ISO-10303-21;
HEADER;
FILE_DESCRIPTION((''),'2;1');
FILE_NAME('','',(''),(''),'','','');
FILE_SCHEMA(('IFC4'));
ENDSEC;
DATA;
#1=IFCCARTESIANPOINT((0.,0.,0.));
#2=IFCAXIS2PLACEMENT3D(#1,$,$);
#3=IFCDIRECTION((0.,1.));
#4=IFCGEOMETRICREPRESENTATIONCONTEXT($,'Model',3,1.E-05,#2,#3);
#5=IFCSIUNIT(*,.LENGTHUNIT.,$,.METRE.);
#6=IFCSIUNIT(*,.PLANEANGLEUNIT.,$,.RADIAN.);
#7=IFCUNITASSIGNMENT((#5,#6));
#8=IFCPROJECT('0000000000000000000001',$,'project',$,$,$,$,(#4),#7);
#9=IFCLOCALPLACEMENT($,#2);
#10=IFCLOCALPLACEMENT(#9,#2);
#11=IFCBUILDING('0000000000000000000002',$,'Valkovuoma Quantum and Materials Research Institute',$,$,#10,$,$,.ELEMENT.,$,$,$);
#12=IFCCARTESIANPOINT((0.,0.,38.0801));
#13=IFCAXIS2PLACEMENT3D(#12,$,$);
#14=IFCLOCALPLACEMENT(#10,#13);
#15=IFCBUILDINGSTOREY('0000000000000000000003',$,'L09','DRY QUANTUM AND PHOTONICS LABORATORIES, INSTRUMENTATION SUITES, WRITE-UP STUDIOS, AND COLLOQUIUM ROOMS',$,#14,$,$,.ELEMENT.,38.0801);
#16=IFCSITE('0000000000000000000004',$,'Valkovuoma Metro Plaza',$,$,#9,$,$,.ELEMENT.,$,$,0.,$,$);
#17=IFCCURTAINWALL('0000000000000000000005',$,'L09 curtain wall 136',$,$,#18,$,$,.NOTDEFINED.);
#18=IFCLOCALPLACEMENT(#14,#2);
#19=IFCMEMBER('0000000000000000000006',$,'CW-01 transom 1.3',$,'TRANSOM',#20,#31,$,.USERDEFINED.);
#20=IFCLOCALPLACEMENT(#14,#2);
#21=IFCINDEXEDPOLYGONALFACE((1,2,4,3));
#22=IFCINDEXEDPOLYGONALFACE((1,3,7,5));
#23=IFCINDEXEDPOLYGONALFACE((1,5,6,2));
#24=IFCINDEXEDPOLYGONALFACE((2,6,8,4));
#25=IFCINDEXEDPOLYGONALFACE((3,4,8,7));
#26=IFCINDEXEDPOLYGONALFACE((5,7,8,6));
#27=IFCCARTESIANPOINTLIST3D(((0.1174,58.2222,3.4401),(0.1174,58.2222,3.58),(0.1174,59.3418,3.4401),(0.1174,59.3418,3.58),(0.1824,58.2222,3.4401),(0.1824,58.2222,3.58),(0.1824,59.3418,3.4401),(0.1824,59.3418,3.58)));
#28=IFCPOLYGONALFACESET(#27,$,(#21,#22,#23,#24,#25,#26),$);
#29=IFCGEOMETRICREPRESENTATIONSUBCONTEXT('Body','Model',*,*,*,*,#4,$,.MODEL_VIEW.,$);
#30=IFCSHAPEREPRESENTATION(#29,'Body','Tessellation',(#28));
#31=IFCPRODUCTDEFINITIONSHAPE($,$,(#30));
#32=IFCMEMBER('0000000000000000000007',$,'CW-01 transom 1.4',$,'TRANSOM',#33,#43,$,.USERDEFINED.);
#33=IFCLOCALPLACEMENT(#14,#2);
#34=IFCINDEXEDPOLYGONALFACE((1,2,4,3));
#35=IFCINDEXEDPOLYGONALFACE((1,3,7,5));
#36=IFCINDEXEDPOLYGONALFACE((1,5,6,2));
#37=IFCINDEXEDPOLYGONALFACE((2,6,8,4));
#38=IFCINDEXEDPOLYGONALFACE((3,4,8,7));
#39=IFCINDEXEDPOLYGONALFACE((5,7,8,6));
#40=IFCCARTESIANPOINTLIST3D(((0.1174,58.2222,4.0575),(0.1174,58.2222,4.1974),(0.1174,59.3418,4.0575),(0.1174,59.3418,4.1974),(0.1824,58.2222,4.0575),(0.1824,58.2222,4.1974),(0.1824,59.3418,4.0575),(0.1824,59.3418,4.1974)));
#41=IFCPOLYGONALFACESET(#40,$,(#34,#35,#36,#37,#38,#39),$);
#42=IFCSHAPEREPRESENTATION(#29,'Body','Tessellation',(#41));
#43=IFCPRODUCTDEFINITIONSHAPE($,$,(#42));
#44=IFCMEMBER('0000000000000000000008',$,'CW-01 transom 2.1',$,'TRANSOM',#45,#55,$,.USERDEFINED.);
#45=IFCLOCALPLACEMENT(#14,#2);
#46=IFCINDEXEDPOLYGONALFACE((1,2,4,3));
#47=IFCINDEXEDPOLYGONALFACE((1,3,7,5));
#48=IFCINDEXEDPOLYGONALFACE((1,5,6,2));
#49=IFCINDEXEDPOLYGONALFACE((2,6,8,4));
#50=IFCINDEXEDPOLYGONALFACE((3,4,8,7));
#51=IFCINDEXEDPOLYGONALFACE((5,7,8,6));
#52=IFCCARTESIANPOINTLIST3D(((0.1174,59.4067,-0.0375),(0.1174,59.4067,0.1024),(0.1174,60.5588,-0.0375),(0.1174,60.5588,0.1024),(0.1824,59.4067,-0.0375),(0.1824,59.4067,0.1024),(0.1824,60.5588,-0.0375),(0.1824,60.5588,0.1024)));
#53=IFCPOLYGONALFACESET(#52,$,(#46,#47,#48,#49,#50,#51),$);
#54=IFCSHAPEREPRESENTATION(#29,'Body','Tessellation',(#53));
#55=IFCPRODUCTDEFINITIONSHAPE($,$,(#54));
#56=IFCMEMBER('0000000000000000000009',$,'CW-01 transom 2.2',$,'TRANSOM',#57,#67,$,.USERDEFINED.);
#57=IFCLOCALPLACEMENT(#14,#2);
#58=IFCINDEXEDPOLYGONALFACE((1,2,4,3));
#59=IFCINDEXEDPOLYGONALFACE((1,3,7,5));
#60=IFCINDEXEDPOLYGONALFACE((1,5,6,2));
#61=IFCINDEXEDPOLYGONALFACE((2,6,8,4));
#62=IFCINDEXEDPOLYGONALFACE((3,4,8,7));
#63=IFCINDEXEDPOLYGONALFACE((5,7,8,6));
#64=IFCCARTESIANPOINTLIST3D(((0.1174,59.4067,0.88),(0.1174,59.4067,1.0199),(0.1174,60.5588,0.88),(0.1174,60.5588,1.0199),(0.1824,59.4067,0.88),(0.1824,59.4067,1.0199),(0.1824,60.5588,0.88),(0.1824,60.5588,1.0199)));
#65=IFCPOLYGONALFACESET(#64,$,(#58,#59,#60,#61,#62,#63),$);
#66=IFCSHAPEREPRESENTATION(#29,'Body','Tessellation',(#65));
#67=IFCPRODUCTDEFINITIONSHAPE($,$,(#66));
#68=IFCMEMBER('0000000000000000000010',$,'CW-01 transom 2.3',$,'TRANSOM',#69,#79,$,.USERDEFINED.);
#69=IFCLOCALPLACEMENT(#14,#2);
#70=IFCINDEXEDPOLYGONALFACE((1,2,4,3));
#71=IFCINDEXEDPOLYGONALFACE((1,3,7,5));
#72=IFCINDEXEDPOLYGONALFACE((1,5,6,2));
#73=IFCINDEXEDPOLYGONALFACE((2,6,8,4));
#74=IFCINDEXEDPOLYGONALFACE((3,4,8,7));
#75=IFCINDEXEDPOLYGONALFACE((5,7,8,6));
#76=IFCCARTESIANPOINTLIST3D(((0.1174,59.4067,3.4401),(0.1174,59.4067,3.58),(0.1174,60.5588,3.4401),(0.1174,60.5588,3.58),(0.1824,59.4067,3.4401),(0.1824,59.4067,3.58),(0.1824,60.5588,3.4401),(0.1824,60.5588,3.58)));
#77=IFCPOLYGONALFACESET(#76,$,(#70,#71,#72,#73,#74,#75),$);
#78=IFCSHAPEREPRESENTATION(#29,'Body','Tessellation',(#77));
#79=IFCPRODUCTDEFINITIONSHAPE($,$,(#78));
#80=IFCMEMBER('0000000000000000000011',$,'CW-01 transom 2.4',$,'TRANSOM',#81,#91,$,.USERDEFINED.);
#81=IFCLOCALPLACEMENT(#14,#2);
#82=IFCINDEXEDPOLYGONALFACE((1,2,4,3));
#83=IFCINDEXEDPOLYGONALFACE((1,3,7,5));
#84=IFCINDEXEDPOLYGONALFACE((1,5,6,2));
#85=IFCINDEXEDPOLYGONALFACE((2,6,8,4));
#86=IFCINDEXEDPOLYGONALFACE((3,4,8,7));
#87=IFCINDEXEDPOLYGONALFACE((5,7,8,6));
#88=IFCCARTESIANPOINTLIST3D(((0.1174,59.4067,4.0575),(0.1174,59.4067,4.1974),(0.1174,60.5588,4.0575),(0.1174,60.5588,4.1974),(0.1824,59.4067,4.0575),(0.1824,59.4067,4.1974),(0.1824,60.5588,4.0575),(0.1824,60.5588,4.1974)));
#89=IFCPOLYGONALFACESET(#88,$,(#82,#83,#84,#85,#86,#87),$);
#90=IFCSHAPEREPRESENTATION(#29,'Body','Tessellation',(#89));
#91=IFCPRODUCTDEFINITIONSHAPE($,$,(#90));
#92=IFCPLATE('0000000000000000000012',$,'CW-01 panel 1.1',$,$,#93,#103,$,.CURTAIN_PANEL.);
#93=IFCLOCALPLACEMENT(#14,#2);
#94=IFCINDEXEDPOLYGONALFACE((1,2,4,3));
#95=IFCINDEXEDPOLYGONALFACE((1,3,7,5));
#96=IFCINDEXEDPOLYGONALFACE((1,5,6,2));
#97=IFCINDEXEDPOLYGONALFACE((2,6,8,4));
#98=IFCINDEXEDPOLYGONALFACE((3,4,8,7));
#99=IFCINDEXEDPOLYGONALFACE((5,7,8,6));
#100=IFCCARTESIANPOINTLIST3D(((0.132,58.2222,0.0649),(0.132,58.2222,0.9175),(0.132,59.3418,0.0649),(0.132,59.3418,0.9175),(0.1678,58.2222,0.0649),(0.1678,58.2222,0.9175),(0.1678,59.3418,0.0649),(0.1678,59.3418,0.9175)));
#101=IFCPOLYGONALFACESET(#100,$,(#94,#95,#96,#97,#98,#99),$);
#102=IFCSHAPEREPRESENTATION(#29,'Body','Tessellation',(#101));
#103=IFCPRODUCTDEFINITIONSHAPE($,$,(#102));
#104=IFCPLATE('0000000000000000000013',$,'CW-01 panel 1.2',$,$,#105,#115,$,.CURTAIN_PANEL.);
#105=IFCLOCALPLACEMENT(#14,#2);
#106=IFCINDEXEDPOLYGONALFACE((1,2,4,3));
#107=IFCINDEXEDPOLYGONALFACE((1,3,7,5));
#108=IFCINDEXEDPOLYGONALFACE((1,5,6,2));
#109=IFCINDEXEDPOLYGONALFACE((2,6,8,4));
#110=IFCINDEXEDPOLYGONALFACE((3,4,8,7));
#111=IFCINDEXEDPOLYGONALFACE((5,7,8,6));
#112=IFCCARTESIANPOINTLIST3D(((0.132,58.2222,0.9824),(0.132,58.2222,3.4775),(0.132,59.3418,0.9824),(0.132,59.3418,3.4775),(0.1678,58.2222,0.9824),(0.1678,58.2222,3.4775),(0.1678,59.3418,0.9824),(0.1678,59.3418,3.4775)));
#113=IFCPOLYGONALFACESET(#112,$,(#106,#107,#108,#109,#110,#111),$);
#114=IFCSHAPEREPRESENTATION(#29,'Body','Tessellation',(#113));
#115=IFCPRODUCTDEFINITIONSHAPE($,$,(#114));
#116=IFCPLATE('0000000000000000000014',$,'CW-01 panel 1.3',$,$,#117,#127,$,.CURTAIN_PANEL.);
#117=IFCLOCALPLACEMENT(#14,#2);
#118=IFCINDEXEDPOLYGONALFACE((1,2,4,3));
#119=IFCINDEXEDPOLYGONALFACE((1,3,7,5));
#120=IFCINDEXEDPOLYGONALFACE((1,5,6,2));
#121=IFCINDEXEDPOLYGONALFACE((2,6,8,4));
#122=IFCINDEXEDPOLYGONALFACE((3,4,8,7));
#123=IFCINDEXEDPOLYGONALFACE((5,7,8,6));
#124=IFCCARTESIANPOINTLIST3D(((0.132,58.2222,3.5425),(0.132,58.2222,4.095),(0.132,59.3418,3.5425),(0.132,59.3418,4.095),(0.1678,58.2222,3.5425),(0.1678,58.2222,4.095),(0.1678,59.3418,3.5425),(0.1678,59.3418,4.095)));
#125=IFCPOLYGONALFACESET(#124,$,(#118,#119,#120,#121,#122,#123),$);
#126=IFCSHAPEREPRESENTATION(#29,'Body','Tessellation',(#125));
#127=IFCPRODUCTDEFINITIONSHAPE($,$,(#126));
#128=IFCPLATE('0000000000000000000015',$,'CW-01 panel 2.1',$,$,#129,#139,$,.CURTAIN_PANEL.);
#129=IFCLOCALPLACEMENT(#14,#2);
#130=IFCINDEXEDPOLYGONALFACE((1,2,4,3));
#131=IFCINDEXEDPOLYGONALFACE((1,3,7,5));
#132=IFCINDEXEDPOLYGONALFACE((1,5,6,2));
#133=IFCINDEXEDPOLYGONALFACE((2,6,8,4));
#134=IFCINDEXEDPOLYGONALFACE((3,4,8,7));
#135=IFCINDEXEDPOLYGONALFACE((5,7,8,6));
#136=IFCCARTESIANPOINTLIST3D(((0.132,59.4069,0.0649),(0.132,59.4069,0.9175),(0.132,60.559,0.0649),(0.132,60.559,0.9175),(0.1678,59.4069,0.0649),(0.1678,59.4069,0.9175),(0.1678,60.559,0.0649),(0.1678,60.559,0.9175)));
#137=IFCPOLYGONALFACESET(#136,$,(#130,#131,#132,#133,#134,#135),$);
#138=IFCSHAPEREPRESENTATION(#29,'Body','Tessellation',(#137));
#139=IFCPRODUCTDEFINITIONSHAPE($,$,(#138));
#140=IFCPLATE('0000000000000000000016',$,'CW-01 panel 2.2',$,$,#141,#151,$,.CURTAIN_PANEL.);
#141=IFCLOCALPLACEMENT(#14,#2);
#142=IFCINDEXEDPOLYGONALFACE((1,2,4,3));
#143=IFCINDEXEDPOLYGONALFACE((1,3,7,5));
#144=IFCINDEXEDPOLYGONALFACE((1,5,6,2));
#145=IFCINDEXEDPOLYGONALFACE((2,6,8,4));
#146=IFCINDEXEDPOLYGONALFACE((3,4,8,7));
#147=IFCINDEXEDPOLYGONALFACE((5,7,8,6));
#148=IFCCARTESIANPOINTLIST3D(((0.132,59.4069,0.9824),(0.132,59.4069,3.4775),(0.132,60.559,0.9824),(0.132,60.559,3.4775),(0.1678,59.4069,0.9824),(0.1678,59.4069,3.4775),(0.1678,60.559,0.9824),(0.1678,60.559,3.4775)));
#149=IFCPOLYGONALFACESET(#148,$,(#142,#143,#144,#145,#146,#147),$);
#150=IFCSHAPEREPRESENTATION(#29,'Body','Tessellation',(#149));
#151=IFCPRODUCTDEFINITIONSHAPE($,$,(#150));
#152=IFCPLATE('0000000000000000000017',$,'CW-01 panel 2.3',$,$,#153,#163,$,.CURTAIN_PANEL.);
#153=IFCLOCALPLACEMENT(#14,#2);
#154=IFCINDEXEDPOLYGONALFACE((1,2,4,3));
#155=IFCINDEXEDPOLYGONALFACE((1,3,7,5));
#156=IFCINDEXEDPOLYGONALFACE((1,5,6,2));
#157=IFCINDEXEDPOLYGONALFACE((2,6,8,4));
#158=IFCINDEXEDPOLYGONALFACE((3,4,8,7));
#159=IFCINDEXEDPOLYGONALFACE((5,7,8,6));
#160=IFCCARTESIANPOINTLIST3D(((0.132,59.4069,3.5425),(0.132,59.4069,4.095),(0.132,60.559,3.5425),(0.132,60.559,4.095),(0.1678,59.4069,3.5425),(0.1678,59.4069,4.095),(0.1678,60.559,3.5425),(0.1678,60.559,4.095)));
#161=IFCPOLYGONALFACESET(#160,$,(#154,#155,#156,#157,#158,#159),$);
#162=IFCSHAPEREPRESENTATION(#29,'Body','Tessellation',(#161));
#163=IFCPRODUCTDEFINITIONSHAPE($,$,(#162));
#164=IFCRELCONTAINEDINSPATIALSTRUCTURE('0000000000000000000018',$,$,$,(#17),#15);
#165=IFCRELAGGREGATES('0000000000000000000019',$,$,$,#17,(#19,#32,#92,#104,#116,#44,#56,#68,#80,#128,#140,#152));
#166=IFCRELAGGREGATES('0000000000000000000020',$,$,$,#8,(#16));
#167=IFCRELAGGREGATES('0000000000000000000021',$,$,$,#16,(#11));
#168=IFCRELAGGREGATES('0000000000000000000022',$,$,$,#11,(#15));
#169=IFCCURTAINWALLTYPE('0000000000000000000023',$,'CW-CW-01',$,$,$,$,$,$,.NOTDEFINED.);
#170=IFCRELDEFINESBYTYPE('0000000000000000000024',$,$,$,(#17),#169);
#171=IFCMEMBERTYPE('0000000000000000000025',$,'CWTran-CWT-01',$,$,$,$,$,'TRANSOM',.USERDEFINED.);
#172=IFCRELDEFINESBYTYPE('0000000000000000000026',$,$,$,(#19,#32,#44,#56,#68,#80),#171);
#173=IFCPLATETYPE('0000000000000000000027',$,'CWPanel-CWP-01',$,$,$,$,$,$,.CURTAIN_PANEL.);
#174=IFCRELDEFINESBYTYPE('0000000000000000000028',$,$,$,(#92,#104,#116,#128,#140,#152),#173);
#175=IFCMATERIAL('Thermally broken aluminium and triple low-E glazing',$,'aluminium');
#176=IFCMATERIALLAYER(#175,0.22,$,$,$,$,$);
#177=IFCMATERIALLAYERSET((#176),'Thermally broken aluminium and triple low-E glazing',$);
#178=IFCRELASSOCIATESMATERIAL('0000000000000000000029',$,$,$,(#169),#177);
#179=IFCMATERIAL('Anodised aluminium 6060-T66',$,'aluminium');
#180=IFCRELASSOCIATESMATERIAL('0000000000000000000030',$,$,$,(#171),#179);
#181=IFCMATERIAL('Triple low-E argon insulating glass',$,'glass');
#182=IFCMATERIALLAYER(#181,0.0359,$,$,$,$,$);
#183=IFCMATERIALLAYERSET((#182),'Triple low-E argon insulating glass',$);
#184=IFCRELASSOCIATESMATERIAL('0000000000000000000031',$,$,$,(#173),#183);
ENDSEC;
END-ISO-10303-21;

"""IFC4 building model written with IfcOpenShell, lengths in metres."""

from ifc_helpers import new_model, si_unit, direction, frame, origin, origin_2d, place, context, subcontext, project, spatial, rectangle, extrude, material, layer, layer_set, material_profile, profile_set, type_object, element, aggregate, save


model = new_model("IFC4")

# Units and contexts
model_context = context("Model", 3, precision=1e-05, world=origin(), true_north=direction((0.0, 1.0)))
body_context = subcontext(model_context, "Body", "Model", "MODEL_VIEW")
ifc_project = project(units=[si_unit("LENGTHUNIT", "METRE"), si_unit("PLANEANGLEUNIT", "RADIAN")], contexts=[model_context])

# Site, building, storey
site_placement = place(None, origin())
site = spatial("IfcSite", under=ifc_project, at=site_placement, Name="Valkovuoma Metro Plaza", CompositionType="ELEMENT", RefElevation=0.0)
building_placement = place(site_placement, origin())
building = spatial("IfcBuilding", under=site, at=building_placement, Name="Valkovuoma Quantum and Materials Research Institute", CompositionType="ELEMENT")
storey_placement = place(building_placement, frame((0.0, 0.0, 38.0801)))
storey = spatial("IfcBuildingStorey", under=building, at=storey_placement, Name="L09", Description="DRY QUANTUM AND PHOTONICS LABORATORIES, INSTRUMENTATION SUITES, WRITE-UP STUDIOS, AND COLLOQUIUM ROOMS", CompositionType="ELEMENT", Elevation=38.0801)

# Shared definitions
ifc_material_1 = material(Name="Thermally broken aluminium and triple low-E glazing", Category="aluminium")
ifc_layer_1 = layer(ifc_material_1, 0.22)
ifc_layer_set_1 = layer_set([ifc_layer_1], Name="Thermally broken aluminium and triple low-E glazing")
curtain_wall_type = type_object("IfcCurtainWallType", Name="CW-CW-01", PredefinedType="NOTDEFINED", material=ifc_layer_set_1)

# Curtain wall, members, plates
curtain_wall_1_placement = place(storey_placement, origin())
curtain_wall_1 = element("IfcCurtainWall", 1, at=curtain_wall_1_placement, inside=storey, type_object=curtain_wall_type, Name="L09 curtain wall 136", PredefinedType="NOTDEFINED")
ifc_material_2 = material(Name="Anodised aluminium 6060-T66", Category="aluminium")
ifc_material_profile_1 = material_profile(ifc_material_2, rectangle(XDim=0.0649, YDim=0.1399, at=origin_2d()), Name="Anodised aluminium 6060-T66")
ifc_profile_set_1 = profile_set([ifc_material_profile_1], Name="Anodised aluminium 6060-T66")
member_type_1 = type_object("IfcMemberType", Name="CWTran-CWT-01", ElementType="TRANSOM", PredefinedType="USERDEFINED", material=ifc_profile_set_1)
member_1_placement = place(storey_placement, frame((0.1499, 58.2222, 3.51), z_axis=(0.0, 1.0, 0.0), x_axis=(-1.0, 0.0, 0.0)))
member_1 = element("IfcMember", 2, at=member_1_placement, type_object=member_type_1, Name="CW-01 transom 1.3", ObjectType="TRANSOM", PredefinedType="USERDEFINED", context=body_context, shape_type="SweptSolid", body=[
    extrude(rectangle(XDim=0.0649, YDim=0.1399, at=origin_2d()), origin(), (0.0, 0.0, 1.0), 1.1196),
])
member_2_placement = place(storey_placement, frame((0.1499, 58.2222, 4.1274), z_axis=(0.0, 1.0, 0.0), x_axis=(-1.0, 0.0, 0.0)))
member_2 = element("IfcMember", 3, at=member_2_placement, type_object=member_type_1, Name="CW-01 transom 1.4", ObjectType="TRANSOM", PredefinedType="USERDEFINED", context=body_context, shape_type="SweptSolid", body=[
    extrude(rectangle(XDim=0.0649, YDim=0.1399, at=origin_2d()), origin(), (0.0, 0.0, 1.0), 1.1196),
])
member_3_placement = place(storey_placement, frame((0.1499, 59.4067, 0.0325), z_axis=(0.0, 1.0, 0.0), x_axis=(-1.0, 0.0, 0.0)))
member_3 = element("IfcMember", 4, at=member_3_placement, type_object=member_type_1, Name="CW-01 transom 2.1", ObjectType="TRANSOM", PredefinedType="USERDEFINED", context=body_context, shape_type="SweptSolid", body=[
    extrude(rectangle(XDim=0.0649, YDim=0.1399, at=origin_2d()), origin(), (0.0, 0.0, 1.0), 1.1521),
])
member_4_placement = place(storey_placement, frame((0.1499, 59.4067, 0.95), z_axis=(0.0, 1.0, 0.0), x_axis=(-1.0, 0.0, 0.0)))
member_4 = element("IfcMember", 5, at=member_4_placement, type_object=member_type_1, Name="CW-01 transom 2.2", ObjectType="TRANSOM", PredefinedType="USERDEFINED", context=body_context, shape_type="SweptSolid", body=[
    extrude(rectangle(XDim=0.0649, YDim=0.1399, at=origin_2d()), origin(), (0.0, 0.0, 1.0), 1.1521),
])
member_5_placement = place(storey_placement, frame((0.1499, 59.4067, 3.51), z_axis=(0.0, 1.0, 0.0), x_axis=(-1.0, 0.0, 0.0)))
member_5 = element("IfcMember", 6, at=member_5_placement, type_object=member_type_1, Name="CW-01 transom 2.3", ObjectType="TRANSOM", PredefinedType="USERDEFINED", context=body_context, shape_type="SweptSolid", body=[
    extrude(rectangle(XDim=0.0649, YDim=0.1399, at=origin_2d()), origin(), (0.0, 0.0, 1.0), 1.1521),
])
member_6_placement = place(storey_placement, frame((0.1499, 59.4067, 4.1274), z_axis=(0.0, 1.0, 0.0), x_axis=(-1.0, 0.0, 0.0)))
member_6 = element("IfcMember", 7, at=member_6_placement, type_object=member_type_1, Name="CW-01 transom 2.4", ObjectType="TRANSOM", PredefinedType="USERDEFINED", context=body_context, shape_type="SweptSolid", body=[
    extrude(rectangle(XDim=0.0649, YDim=0.1399, at=origin_2d()), origin(), (0.0, 0.0, 1.0), 1.1521),
])
ifc_material_3 = material(Name="Triple low-E argon insulating glass", Category="glass")
ifc_layer_2 = layer(ifc_material_3, 0.0359)
ifc_layer_set_2 = layer_set([ifc_layer_2], Name="Triple low-E argon insulating glass")
plate_type = type_object("IfcPlateType", Name="CWPanel-CWP-01", PredefinedType="CURTAIN_PANEL", material=ifc_layer_set_2)
plate_1_placement = place(storey_placement, frame((0.1499, 58.782, 0.0649), z_axis=(0.0, 0.0, 1.0), x_axis=(0.0, 1.0, 0.0)))
plate_1 = element("IfcPlate", 8, at=plate_1_placement, type_object=plate_type, Name="CW-01 panel 1.1", PredefinedType="CURTAIN_PANEL", context=body_context, shape_type="SweptSolid", body=[
    extrude(rectangle(XDim=1.1196, YDim=0.0359, at=origin_2d()), origin(), (0.0, 0.0, 1.0), 0.8525),
])
plate_2_placement = place(storey_placement, frame((0.1499, 58.782, 0.9824), z_axis=(0.0, 0.0, 1.0), x_axis=(0.0, 1.0, 0.0)))
plate_2 = element("IfcPlate", 9, at=plate_2_placement, type_object=plate_type, Name="CW-01 panel 1.2", PredefinedType="CURTAIN_PANEL", context=body_context, shape_type="SweptSolid", body=[
    extrude(rectangle(XDim=1.1196, YDim=0.0359, at=origin_2d()), origin(), (0.0, 0.0, 1.0), 2.4951),
])
plate_3_placement = place(storey_placement, frame((0.1499, 58.782, 3.5425), z_axis=(0.0, 0.0, 1.0), x_axis=(0.0, 1.0, 0.0)))
plate_3 = element("IfcPlate", 10, at=plate_3_placement, type_object=plate_type, Name="CW-01 panel 1.3", PredefinedType="CURTAIN_PANEL", context=body_context, shape_type="SweptSolid", body=[
    extrude(rectangle(XDim=1.1196, YDim=0.0359, at=origin_2d()), origin(), (0.0, 0.0, 1.0), 0.5525),
])
plate_4_placement = place(storey_placement, frame((0.1499, 59.9829, 0.0649), z_axis=(0.0, 0.0, 1.0), x_axis=(0.0, 1.0, 0.0)))
plate_4 = element("IfcPlate", 11, at=plate_4_placement, type_object=plate_type, Name="CW-01 panel 2.1", PredefinedType="CURTAIN_PANEL", context=body_context, shape_type="SweptSolid", body=[
    extrude(rectangle(XDim=1.1521, YDim=0.0359, at=origin_2d()), origin(), (0.0, 0.0, 1.0), 0.8525),
])
plate_5_placement = place(storey_placement, frame((0.1499, 59.9829, 0.9824), z_axis=(0.0, 0.0, 1.0), x_axis=(0.0, 1.0, 0.0)))
plate_5 = element("IfcPlate", 12, at=plate_5_placement, type_object=plate_type, Name="CW-01 panel 2.2", PredefinedType="CURTAIN_PANEL", context=body_context, shape_type="SweptSolid", body=[
    extrude(rectangle(XDim=1.1521, YDim=0.0359, at=origin_2d()), origin(), (0.0, 0.0, 1.0), 2.4951),
])
plate_6_placement = place(storey_placement, frame((0.1499, 59.9829, 3.5425), z_axis=(0.0, 0.0, 1.0), x_axis=(0.0, 1.0, 0.0)))
plate_6 = element("IfcPlate", 13, at=plate_6_placement, type_object=plate_type, Name="CW-01 panel 2.3", PredefinedType="CURTAIN_PANEL", context=body_context, shape_type="SweptSolid", body=[
    extrude(rectangle(XDim=1.1521, YDim=0.0359, at=origin_2d()), origin(), (0.0, 0.0, 1.0), 0.5525),
])
aggregate(curtain_wall_1, [member_1, member_2, plate_1, plate_2, plate_3, member_3, member_4, member_5, member_6, plate_4, plate_5, plate_6])

save(model, "model.ifc")
